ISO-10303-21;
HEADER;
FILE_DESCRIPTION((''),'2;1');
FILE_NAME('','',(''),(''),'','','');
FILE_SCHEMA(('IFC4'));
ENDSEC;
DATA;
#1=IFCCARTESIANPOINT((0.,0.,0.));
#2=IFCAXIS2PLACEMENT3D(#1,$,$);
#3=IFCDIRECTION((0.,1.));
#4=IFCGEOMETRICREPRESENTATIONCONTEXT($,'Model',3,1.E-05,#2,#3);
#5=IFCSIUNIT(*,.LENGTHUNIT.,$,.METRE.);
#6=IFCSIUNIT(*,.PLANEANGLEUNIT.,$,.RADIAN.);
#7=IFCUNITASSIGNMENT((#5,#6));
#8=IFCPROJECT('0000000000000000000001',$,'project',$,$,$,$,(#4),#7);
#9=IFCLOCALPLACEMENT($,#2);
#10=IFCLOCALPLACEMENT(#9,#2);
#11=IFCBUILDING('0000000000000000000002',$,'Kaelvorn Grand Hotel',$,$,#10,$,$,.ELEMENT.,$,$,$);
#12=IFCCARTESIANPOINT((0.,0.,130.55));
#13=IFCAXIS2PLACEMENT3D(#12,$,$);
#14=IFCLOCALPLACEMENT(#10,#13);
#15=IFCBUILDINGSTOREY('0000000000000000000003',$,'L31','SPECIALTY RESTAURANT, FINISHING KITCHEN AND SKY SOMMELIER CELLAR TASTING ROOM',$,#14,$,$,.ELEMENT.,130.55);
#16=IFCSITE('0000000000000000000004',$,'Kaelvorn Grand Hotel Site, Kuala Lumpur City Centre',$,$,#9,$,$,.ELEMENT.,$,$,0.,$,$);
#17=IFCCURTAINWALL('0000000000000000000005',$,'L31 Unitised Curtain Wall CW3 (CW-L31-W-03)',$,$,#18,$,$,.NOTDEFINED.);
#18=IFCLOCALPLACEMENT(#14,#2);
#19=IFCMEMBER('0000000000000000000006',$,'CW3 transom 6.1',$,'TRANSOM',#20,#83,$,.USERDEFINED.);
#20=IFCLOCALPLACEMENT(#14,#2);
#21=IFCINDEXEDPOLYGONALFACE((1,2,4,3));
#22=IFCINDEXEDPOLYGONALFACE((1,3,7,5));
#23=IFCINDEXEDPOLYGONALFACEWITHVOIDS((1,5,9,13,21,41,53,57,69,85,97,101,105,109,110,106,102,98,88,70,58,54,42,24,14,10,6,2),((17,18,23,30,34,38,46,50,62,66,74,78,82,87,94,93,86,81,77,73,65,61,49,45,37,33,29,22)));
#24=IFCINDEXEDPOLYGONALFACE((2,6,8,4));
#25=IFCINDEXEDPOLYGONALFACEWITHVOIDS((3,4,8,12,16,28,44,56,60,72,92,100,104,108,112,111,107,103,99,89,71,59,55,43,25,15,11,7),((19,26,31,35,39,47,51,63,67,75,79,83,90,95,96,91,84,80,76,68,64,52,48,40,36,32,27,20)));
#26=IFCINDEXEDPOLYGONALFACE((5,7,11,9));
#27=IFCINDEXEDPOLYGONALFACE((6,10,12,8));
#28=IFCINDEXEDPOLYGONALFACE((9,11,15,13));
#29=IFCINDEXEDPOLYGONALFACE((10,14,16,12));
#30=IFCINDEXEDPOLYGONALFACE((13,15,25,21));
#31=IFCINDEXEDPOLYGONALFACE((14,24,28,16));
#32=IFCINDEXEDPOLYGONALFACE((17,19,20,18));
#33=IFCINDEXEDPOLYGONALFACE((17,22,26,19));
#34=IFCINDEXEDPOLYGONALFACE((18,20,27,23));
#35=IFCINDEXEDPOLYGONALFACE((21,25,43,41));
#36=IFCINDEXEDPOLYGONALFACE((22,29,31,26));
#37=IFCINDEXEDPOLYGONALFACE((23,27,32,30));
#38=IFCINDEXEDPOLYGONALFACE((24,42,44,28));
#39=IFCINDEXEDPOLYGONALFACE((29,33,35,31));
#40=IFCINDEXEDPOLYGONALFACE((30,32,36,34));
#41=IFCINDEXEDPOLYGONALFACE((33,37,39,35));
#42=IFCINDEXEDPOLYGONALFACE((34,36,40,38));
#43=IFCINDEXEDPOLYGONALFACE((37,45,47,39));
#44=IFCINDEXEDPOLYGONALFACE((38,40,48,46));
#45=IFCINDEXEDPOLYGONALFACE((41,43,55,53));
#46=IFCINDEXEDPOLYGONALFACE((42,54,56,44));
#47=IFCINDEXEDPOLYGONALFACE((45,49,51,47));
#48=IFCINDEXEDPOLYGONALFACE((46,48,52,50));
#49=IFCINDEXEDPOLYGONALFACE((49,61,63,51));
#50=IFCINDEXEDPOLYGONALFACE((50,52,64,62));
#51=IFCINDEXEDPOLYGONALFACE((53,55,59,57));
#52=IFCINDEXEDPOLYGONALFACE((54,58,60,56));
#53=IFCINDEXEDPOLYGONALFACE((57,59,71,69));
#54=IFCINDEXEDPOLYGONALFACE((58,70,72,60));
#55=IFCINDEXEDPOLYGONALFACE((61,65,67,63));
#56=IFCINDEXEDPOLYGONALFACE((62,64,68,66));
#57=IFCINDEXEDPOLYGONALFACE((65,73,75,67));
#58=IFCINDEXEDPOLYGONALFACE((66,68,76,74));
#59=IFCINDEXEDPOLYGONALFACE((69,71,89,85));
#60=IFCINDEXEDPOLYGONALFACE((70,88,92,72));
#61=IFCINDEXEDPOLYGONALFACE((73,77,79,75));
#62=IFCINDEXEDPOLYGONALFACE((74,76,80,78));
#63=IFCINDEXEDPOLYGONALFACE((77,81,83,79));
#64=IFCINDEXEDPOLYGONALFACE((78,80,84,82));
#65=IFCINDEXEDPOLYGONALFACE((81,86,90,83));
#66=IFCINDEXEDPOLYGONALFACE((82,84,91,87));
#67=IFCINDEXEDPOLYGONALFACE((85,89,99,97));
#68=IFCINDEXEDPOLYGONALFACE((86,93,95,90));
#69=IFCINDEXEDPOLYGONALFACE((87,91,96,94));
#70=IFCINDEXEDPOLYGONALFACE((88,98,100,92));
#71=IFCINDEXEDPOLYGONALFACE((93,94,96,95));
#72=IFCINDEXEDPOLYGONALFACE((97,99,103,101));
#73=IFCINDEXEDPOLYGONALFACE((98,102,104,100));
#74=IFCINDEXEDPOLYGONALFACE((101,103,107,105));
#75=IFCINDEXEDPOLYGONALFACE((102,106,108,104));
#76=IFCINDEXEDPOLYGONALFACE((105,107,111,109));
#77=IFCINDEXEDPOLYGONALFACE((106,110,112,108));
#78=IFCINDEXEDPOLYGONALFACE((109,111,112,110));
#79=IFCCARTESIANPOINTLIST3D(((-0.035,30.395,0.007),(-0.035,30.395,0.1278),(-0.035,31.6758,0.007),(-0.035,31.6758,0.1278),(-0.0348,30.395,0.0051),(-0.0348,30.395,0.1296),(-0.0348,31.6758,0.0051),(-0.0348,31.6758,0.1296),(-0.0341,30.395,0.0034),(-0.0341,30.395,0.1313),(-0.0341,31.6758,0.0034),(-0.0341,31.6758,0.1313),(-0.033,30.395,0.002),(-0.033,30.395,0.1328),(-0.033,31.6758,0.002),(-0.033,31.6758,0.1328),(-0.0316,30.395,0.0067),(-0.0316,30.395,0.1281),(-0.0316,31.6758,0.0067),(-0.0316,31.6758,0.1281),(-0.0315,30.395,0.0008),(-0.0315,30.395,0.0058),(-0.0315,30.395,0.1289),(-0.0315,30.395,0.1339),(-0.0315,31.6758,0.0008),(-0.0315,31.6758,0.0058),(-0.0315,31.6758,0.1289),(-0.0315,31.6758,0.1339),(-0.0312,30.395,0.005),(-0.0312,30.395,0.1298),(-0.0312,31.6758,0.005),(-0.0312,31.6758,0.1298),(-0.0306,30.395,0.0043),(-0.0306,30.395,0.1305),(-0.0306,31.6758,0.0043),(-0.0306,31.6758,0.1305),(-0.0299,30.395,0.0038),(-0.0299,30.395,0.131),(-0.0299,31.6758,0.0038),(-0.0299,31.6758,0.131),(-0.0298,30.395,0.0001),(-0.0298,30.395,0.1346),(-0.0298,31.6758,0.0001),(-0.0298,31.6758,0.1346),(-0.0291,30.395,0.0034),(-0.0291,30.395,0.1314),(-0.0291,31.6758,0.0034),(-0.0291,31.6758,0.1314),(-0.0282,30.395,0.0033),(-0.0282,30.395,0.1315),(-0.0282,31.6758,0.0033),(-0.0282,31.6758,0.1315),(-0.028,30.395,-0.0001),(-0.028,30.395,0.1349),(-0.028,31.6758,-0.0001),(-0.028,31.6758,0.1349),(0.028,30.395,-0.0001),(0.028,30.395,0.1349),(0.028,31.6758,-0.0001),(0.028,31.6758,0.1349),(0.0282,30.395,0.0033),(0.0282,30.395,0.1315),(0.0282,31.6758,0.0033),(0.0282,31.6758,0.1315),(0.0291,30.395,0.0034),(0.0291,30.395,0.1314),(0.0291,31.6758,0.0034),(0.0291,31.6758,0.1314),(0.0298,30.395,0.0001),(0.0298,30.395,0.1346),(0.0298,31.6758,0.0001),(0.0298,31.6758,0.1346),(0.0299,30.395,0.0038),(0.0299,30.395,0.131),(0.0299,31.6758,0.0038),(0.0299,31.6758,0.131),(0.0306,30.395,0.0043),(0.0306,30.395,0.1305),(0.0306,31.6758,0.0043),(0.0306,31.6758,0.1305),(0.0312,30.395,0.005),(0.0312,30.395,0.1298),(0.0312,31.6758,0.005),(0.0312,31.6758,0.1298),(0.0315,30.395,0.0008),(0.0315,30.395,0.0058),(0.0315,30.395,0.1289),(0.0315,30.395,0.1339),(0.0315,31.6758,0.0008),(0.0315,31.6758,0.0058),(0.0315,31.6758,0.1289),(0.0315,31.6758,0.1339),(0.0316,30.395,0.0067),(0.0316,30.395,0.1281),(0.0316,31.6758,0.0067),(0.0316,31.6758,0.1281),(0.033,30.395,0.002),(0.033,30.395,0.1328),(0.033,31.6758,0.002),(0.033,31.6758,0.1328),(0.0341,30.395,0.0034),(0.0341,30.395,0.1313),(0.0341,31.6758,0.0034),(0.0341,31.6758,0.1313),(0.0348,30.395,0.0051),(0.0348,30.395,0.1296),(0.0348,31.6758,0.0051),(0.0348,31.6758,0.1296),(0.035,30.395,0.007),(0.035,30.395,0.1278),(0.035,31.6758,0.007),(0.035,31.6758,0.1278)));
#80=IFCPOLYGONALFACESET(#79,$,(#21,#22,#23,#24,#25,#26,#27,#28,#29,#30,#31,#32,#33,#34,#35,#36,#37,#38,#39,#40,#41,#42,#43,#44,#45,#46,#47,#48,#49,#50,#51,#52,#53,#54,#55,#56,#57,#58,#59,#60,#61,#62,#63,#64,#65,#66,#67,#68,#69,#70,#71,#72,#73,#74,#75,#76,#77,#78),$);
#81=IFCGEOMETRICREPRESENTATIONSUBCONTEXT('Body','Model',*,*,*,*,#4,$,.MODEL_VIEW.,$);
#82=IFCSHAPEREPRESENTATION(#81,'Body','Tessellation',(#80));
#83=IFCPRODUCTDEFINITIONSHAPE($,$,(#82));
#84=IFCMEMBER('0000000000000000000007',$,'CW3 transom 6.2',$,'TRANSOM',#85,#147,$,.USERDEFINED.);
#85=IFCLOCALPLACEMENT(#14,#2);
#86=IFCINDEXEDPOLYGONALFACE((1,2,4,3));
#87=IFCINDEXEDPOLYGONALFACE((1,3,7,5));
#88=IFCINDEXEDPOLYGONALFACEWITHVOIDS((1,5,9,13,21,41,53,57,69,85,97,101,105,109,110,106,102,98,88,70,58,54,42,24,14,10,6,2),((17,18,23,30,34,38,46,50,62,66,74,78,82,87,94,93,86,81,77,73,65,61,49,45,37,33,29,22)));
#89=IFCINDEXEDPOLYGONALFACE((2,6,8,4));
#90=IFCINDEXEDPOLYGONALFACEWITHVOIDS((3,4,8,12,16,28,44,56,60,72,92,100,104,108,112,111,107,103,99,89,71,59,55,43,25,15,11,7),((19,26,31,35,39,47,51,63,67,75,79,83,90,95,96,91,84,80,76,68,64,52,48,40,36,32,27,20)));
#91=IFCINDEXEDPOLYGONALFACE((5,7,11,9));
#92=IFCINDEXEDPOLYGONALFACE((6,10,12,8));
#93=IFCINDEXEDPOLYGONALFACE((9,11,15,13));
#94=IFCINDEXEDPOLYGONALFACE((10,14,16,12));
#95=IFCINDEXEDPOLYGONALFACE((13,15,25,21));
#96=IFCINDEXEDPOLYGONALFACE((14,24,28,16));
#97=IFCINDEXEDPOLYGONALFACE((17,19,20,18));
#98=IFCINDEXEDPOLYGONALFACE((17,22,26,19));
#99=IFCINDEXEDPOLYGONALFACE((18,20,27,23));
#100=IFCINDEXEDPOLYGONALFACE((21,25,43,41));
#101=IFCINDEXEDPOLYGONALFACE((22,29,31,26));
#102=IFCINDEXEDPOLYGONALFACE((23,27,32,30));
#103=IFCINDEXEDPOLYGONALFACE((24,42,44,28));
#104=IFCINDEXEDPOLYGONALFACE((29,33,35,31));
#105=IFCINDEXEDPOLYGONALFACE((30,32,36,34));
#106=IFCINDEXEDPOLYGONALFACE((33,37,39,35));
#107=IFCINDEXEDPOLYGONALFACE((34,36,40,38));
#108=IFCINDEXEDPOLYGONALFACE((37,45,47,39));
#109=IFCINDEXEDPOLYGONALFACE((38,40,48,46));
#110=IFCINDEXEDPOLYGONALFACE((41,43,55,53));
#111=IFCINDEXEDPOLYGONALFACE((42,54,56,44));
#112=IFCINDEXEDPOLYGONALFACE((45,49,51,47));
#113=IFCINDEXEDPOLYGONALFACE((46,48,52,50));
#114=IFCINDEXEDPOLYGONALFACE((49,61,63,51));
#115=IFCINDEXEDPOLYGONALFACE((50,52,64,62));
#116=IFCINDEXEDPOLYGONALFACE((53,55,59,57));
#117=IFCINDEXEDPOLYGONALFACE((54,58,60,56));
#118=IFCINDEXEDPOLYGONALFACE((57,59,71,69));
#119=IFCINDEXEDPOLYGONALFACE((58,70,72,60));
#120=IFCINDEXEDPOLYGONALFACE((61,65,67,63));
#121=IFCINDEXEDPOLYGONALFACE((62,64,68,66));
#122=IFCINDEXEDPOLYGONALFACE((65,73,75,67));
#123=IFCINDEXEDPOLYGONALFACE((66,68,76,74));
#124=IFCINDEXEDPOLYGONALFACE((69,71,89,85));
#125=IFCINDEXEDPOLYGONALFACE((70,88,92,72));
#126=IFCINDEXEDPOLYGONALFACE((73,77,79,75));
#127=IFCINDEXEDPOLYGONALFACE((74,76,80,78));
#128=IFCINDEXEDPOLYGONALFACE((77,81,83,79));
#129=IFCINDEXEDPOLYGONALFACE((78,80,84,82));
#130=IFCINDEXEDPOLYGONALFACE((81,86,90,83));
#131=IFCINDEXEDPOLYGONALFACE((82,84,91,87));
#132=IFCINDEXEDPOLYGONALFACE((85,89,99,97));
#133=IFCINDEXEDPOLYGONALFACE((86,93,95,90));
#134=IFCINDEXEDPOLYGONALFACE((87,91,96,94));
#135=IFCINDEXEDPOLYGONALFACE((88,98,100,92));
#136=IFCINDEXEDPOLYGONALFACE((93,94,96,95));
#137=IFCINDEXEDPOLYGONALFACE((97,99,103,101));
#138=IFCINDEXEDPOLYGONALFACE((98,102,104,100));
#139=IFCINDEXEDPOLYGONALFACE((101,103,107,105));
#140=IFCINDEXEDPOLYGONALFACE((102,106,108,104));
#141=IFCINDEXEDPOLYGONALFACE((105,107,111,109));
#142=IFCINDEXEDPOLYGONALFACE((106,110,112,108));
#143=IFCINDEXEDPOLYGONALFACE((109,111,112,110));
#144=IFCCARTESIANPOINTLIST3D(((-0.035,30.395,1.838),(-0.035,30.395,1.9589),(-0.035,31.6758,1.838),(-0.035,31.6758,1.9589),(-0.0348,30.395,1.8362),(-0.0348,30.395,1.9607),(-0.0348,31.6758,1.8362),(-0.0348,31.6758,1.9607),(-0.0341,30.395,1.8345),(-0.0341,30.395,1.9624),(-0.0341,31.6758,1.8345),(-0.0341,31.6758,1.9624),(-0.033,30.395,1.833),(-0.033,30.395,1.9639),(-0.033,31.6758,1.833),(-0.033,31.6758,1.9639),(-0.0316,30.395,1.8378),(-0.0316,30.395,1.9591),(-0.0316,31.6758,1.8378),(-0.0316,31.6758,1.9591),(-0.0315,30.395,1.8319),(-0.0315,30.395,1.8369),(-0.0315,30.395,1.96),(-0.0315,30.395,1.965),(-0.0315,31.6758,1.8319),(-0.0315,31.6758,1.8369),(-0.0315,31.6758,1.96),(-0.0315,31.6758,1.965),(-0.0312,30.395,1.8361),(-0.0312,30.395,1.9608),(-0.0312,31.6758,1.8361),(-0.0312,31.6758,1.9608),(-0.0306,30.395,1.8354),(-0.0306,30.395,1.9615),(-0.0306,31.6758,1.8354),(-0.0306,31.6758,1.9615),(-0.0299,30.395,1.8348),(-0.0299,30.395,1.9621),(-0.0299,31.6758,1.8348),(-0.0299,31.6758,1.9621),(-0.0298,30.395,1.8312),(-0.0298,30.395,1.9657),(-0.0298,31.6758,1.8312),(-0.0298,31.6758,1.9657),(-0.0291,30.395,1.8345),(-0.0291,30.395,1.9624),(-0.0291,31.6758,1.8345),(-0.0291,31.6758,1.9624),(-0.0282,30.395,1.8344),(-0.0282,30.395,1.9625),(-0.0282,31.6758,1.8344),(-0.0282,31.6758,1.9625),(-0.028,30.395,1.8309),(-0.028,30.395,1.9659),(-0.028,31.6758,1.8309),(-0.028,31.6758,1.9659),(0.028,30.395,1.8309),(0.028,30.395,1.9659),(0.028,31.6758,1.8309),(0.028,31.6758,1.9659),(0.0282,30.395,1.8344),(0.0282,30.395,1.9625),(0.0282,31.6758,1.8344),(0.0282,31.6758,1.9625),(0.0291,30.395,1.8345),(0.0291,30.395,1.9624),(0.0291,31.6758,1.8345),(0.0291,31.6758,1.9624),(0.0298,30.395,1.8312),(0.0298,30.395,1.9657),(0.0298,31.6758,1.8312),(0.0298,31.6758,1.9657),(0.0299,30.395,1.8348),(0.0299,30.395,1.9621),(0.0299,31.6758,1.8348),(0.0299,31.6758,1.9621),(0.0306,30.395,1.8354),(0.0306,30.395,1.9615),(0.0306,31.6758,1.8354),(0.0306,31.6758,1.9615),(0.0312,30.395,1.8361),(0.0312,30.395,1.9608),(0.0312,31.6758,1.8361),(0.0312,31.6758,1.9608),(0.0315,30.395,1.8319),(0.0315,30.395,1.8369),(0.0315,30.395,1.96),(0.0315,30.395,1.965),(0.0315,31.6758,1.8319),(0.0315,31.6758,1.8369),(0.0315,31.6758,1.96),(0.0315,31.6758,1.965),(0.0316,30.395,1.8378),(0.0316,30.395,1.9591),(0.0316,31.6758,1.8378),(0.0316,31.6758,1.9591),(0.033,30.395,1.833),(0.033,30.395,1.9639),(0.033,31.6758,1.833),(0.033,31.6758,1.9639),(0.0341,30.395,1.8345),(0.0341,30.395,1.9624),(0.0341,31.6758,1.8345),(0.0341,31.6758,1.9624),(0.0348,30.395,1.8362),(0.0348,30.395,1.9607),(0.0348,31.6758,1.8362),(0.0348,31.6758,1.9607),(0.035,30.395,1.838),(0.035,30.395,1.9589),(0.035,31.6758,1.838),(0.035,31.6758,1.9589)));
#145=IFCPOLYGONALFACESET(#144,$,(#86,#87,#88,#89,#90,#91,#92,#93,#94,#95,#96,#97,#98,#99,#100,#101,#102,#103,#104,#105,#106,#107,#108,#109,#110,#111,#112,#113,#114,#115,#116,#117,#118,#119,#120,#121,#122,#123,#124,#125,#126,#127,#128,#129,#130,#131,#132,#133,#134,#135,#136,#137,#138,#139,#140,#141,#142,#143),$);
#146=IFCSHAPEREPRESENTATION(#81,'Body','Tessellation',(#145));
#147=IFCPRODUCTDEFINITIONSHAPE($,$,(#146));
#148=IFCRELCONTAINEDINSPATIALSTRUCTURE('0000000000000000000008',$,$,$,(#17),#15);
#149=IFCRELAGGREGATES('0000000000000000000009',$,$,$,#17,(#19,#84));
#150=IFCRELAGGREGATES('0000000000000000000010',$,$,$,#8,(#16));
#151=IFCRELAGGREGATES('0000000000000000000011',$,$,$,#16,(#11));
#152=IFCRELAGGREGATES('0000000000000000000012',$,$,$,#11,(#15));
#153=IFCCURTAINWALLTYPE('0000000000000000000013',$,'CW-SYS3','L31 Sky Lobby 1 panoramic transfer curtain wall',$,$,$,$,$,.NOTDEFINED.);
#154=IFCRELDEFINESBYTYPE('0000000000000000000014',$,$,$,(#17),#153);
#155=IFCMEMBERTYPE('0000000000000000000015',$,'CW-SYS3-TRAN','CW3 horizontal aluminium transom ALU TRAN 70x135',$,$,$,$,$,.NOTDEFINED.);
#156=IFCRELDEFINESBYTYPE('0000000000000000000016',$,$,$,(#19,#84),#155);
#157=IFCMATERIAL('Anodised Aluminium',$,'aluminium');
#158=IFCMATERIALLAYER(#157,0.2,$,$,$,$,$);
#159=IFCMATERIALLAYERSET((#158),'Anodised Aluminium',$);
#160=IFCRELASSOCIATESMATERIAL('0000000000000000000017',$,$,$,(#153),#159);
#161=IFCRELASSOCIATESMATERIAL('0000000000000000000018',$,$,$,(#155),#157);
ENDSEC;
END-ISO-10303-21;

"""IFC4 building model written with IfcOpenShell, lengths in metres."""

from ifc_helpers import new_model, si_unit, direction, frame, origin, origin_2d, place, context, subcontext, project, spatial, hollow_rectangle, extrude, material, layer, layer_set, material_profile, profile_set, type_object, element, aggregate, save


model = new_model("IFC4")

# Units and contexts
model_context = context("Model", 3, precision=1e-05, world=origin(), true_north=direction((0.0, 1.0)))
body_context = subcontext(model_context, "Body", "Model", "MODEL_VIEW")
ifc_project = project(units=[si_unit("LENGTHUNIT", "METRE"), si_unit("PLANEANGLEUNIT", "RADIAN")], contexts=[model_context])

# Site, building, storey
site_placement = place(None, origin())
site = spatial("IfcSite", under=ifc_project, at=site_placement, Name="Kaelvorn Grand Hotel Site, Kuala Lumpur City Centre", CompositionType="ELEMENT", RefElevation=0.0)
building_placement = place(site_placement, origin())
building = spatial("IfcBuilding", under=site, at=building_placement, Name="Kaelvorn Grand Hotel", CompositionType="ELEMENT")
storey_placement = place(building_placement, frame((0.0, 0.0, 130.55)))
storey = spatial("IfcBuildingStorey", under=building, at=storey_placement, Name="L31", Description="SPECIALTY RESTAURANT, FINISHING KITCHEN AND SKY SOMMELIER CELLAR TASTING ROOM", CompositionType="ELEMENT", Elevation=130.55)

# Curtain wall, members
ifc_material_1 = material(Name="Anodised Aluminium", Category="aluminium")
ifc_layer_1 = layer(ifc_material_1, 0.2)
ifc_layer_set_1 = layer_set([ifc_layer_1], Name="Anodised Aluminium")
curtain_wall_type = type_object("IfcCurtainWallType", Name="CW-SYS3", Description="L31 Sky Lobby 1 panoramic transfer curtain wall", PredefinedType="NOTDEFINED", material=ifc_layer_set_1)
curtain_wall_placement = place(storey_placement, origin())
curtain_wall = element("IfcCurtainWall", 1, at=curtain_wall_placement, inside=storey, type_object=curtain_wall_type, Name="L31 Unitised Curtain Wall CW3 (CW-L31-W-03)", PredefinedType="NOTDEFINED")
ifc_material_profile_1 = material_profile(ifc_material_1, hollow_rectangle(XDim=0.0701, YDim=0.135, WallThickness=0.0034, InnerFilletRadius=0.0034, OuterFilletRadius=0.0071, at=origin_2d()), Name="ALU TRAN 70x135")
ifc_profile_set_1 = profile_set([ifc_material_profile_1], Name="Anodised Aluminium")
member_type_1 = type_object("IfcMemberType", Name="CW-SYS3-TRAN", Description="CW3 horizontal aluminium transom ALU TRAN 70x135", PredefinedType="NOTDEFINED", material=ifc_profile_set_1)
member_1_placement = place(storey_placement, frame((0.0, 31.6758, 0.0674), z_axis=(0.0, -1.0, 0.0), x_axis=(1.0, 0.0, 0.0)))
member_1 = element("IfcMember", 2, at=member_1_placement, type_object=member_type_1, Name="CW3 transom 6.1", ObjectType="TRANSOM", PredefinedType="USERDEFINED", context=body_context, shape_type="SweptSolid", body=[
    extrude(hollow_rectangle(XDim=0.0701, YDim=0.135, WallThickness=0.0034, InnerFilletRadius=0.0034, OuterFilletRadius=0.0071, at=origin_2d()), origin(), (0.0, 0.0, 1.0), 1.2808),
])
member_2_placement = place(storey_placement, frame((0.0, 31.6758, 1.8984), z_axis=(0.0, -1.0, 0.0), x_axis=(1.0, 0.0, 0.0)))
member_2 = element("IfcMember", 3, at=member_2_placement, type_object=member_type_1, Name="CW3 transom 6.2", ObjectType="TRANSOM", PredefinedType="USERDEFINED", context=body_context, shape_type="SweptSolid", body=[
    extrude(hollow_rectangle(XDim=0.0701, YDim=0.135, WallThickness=0.0034, InnerFilletRadius=0.0034, OuterFilletRadius=0.0071, at=origin_2d()), origin(), (0.0, 0.0, 1.0), 1.2808),
])
aggregate(curtain_wall, [member_1, member_2])

save(model, "model.ifc")
